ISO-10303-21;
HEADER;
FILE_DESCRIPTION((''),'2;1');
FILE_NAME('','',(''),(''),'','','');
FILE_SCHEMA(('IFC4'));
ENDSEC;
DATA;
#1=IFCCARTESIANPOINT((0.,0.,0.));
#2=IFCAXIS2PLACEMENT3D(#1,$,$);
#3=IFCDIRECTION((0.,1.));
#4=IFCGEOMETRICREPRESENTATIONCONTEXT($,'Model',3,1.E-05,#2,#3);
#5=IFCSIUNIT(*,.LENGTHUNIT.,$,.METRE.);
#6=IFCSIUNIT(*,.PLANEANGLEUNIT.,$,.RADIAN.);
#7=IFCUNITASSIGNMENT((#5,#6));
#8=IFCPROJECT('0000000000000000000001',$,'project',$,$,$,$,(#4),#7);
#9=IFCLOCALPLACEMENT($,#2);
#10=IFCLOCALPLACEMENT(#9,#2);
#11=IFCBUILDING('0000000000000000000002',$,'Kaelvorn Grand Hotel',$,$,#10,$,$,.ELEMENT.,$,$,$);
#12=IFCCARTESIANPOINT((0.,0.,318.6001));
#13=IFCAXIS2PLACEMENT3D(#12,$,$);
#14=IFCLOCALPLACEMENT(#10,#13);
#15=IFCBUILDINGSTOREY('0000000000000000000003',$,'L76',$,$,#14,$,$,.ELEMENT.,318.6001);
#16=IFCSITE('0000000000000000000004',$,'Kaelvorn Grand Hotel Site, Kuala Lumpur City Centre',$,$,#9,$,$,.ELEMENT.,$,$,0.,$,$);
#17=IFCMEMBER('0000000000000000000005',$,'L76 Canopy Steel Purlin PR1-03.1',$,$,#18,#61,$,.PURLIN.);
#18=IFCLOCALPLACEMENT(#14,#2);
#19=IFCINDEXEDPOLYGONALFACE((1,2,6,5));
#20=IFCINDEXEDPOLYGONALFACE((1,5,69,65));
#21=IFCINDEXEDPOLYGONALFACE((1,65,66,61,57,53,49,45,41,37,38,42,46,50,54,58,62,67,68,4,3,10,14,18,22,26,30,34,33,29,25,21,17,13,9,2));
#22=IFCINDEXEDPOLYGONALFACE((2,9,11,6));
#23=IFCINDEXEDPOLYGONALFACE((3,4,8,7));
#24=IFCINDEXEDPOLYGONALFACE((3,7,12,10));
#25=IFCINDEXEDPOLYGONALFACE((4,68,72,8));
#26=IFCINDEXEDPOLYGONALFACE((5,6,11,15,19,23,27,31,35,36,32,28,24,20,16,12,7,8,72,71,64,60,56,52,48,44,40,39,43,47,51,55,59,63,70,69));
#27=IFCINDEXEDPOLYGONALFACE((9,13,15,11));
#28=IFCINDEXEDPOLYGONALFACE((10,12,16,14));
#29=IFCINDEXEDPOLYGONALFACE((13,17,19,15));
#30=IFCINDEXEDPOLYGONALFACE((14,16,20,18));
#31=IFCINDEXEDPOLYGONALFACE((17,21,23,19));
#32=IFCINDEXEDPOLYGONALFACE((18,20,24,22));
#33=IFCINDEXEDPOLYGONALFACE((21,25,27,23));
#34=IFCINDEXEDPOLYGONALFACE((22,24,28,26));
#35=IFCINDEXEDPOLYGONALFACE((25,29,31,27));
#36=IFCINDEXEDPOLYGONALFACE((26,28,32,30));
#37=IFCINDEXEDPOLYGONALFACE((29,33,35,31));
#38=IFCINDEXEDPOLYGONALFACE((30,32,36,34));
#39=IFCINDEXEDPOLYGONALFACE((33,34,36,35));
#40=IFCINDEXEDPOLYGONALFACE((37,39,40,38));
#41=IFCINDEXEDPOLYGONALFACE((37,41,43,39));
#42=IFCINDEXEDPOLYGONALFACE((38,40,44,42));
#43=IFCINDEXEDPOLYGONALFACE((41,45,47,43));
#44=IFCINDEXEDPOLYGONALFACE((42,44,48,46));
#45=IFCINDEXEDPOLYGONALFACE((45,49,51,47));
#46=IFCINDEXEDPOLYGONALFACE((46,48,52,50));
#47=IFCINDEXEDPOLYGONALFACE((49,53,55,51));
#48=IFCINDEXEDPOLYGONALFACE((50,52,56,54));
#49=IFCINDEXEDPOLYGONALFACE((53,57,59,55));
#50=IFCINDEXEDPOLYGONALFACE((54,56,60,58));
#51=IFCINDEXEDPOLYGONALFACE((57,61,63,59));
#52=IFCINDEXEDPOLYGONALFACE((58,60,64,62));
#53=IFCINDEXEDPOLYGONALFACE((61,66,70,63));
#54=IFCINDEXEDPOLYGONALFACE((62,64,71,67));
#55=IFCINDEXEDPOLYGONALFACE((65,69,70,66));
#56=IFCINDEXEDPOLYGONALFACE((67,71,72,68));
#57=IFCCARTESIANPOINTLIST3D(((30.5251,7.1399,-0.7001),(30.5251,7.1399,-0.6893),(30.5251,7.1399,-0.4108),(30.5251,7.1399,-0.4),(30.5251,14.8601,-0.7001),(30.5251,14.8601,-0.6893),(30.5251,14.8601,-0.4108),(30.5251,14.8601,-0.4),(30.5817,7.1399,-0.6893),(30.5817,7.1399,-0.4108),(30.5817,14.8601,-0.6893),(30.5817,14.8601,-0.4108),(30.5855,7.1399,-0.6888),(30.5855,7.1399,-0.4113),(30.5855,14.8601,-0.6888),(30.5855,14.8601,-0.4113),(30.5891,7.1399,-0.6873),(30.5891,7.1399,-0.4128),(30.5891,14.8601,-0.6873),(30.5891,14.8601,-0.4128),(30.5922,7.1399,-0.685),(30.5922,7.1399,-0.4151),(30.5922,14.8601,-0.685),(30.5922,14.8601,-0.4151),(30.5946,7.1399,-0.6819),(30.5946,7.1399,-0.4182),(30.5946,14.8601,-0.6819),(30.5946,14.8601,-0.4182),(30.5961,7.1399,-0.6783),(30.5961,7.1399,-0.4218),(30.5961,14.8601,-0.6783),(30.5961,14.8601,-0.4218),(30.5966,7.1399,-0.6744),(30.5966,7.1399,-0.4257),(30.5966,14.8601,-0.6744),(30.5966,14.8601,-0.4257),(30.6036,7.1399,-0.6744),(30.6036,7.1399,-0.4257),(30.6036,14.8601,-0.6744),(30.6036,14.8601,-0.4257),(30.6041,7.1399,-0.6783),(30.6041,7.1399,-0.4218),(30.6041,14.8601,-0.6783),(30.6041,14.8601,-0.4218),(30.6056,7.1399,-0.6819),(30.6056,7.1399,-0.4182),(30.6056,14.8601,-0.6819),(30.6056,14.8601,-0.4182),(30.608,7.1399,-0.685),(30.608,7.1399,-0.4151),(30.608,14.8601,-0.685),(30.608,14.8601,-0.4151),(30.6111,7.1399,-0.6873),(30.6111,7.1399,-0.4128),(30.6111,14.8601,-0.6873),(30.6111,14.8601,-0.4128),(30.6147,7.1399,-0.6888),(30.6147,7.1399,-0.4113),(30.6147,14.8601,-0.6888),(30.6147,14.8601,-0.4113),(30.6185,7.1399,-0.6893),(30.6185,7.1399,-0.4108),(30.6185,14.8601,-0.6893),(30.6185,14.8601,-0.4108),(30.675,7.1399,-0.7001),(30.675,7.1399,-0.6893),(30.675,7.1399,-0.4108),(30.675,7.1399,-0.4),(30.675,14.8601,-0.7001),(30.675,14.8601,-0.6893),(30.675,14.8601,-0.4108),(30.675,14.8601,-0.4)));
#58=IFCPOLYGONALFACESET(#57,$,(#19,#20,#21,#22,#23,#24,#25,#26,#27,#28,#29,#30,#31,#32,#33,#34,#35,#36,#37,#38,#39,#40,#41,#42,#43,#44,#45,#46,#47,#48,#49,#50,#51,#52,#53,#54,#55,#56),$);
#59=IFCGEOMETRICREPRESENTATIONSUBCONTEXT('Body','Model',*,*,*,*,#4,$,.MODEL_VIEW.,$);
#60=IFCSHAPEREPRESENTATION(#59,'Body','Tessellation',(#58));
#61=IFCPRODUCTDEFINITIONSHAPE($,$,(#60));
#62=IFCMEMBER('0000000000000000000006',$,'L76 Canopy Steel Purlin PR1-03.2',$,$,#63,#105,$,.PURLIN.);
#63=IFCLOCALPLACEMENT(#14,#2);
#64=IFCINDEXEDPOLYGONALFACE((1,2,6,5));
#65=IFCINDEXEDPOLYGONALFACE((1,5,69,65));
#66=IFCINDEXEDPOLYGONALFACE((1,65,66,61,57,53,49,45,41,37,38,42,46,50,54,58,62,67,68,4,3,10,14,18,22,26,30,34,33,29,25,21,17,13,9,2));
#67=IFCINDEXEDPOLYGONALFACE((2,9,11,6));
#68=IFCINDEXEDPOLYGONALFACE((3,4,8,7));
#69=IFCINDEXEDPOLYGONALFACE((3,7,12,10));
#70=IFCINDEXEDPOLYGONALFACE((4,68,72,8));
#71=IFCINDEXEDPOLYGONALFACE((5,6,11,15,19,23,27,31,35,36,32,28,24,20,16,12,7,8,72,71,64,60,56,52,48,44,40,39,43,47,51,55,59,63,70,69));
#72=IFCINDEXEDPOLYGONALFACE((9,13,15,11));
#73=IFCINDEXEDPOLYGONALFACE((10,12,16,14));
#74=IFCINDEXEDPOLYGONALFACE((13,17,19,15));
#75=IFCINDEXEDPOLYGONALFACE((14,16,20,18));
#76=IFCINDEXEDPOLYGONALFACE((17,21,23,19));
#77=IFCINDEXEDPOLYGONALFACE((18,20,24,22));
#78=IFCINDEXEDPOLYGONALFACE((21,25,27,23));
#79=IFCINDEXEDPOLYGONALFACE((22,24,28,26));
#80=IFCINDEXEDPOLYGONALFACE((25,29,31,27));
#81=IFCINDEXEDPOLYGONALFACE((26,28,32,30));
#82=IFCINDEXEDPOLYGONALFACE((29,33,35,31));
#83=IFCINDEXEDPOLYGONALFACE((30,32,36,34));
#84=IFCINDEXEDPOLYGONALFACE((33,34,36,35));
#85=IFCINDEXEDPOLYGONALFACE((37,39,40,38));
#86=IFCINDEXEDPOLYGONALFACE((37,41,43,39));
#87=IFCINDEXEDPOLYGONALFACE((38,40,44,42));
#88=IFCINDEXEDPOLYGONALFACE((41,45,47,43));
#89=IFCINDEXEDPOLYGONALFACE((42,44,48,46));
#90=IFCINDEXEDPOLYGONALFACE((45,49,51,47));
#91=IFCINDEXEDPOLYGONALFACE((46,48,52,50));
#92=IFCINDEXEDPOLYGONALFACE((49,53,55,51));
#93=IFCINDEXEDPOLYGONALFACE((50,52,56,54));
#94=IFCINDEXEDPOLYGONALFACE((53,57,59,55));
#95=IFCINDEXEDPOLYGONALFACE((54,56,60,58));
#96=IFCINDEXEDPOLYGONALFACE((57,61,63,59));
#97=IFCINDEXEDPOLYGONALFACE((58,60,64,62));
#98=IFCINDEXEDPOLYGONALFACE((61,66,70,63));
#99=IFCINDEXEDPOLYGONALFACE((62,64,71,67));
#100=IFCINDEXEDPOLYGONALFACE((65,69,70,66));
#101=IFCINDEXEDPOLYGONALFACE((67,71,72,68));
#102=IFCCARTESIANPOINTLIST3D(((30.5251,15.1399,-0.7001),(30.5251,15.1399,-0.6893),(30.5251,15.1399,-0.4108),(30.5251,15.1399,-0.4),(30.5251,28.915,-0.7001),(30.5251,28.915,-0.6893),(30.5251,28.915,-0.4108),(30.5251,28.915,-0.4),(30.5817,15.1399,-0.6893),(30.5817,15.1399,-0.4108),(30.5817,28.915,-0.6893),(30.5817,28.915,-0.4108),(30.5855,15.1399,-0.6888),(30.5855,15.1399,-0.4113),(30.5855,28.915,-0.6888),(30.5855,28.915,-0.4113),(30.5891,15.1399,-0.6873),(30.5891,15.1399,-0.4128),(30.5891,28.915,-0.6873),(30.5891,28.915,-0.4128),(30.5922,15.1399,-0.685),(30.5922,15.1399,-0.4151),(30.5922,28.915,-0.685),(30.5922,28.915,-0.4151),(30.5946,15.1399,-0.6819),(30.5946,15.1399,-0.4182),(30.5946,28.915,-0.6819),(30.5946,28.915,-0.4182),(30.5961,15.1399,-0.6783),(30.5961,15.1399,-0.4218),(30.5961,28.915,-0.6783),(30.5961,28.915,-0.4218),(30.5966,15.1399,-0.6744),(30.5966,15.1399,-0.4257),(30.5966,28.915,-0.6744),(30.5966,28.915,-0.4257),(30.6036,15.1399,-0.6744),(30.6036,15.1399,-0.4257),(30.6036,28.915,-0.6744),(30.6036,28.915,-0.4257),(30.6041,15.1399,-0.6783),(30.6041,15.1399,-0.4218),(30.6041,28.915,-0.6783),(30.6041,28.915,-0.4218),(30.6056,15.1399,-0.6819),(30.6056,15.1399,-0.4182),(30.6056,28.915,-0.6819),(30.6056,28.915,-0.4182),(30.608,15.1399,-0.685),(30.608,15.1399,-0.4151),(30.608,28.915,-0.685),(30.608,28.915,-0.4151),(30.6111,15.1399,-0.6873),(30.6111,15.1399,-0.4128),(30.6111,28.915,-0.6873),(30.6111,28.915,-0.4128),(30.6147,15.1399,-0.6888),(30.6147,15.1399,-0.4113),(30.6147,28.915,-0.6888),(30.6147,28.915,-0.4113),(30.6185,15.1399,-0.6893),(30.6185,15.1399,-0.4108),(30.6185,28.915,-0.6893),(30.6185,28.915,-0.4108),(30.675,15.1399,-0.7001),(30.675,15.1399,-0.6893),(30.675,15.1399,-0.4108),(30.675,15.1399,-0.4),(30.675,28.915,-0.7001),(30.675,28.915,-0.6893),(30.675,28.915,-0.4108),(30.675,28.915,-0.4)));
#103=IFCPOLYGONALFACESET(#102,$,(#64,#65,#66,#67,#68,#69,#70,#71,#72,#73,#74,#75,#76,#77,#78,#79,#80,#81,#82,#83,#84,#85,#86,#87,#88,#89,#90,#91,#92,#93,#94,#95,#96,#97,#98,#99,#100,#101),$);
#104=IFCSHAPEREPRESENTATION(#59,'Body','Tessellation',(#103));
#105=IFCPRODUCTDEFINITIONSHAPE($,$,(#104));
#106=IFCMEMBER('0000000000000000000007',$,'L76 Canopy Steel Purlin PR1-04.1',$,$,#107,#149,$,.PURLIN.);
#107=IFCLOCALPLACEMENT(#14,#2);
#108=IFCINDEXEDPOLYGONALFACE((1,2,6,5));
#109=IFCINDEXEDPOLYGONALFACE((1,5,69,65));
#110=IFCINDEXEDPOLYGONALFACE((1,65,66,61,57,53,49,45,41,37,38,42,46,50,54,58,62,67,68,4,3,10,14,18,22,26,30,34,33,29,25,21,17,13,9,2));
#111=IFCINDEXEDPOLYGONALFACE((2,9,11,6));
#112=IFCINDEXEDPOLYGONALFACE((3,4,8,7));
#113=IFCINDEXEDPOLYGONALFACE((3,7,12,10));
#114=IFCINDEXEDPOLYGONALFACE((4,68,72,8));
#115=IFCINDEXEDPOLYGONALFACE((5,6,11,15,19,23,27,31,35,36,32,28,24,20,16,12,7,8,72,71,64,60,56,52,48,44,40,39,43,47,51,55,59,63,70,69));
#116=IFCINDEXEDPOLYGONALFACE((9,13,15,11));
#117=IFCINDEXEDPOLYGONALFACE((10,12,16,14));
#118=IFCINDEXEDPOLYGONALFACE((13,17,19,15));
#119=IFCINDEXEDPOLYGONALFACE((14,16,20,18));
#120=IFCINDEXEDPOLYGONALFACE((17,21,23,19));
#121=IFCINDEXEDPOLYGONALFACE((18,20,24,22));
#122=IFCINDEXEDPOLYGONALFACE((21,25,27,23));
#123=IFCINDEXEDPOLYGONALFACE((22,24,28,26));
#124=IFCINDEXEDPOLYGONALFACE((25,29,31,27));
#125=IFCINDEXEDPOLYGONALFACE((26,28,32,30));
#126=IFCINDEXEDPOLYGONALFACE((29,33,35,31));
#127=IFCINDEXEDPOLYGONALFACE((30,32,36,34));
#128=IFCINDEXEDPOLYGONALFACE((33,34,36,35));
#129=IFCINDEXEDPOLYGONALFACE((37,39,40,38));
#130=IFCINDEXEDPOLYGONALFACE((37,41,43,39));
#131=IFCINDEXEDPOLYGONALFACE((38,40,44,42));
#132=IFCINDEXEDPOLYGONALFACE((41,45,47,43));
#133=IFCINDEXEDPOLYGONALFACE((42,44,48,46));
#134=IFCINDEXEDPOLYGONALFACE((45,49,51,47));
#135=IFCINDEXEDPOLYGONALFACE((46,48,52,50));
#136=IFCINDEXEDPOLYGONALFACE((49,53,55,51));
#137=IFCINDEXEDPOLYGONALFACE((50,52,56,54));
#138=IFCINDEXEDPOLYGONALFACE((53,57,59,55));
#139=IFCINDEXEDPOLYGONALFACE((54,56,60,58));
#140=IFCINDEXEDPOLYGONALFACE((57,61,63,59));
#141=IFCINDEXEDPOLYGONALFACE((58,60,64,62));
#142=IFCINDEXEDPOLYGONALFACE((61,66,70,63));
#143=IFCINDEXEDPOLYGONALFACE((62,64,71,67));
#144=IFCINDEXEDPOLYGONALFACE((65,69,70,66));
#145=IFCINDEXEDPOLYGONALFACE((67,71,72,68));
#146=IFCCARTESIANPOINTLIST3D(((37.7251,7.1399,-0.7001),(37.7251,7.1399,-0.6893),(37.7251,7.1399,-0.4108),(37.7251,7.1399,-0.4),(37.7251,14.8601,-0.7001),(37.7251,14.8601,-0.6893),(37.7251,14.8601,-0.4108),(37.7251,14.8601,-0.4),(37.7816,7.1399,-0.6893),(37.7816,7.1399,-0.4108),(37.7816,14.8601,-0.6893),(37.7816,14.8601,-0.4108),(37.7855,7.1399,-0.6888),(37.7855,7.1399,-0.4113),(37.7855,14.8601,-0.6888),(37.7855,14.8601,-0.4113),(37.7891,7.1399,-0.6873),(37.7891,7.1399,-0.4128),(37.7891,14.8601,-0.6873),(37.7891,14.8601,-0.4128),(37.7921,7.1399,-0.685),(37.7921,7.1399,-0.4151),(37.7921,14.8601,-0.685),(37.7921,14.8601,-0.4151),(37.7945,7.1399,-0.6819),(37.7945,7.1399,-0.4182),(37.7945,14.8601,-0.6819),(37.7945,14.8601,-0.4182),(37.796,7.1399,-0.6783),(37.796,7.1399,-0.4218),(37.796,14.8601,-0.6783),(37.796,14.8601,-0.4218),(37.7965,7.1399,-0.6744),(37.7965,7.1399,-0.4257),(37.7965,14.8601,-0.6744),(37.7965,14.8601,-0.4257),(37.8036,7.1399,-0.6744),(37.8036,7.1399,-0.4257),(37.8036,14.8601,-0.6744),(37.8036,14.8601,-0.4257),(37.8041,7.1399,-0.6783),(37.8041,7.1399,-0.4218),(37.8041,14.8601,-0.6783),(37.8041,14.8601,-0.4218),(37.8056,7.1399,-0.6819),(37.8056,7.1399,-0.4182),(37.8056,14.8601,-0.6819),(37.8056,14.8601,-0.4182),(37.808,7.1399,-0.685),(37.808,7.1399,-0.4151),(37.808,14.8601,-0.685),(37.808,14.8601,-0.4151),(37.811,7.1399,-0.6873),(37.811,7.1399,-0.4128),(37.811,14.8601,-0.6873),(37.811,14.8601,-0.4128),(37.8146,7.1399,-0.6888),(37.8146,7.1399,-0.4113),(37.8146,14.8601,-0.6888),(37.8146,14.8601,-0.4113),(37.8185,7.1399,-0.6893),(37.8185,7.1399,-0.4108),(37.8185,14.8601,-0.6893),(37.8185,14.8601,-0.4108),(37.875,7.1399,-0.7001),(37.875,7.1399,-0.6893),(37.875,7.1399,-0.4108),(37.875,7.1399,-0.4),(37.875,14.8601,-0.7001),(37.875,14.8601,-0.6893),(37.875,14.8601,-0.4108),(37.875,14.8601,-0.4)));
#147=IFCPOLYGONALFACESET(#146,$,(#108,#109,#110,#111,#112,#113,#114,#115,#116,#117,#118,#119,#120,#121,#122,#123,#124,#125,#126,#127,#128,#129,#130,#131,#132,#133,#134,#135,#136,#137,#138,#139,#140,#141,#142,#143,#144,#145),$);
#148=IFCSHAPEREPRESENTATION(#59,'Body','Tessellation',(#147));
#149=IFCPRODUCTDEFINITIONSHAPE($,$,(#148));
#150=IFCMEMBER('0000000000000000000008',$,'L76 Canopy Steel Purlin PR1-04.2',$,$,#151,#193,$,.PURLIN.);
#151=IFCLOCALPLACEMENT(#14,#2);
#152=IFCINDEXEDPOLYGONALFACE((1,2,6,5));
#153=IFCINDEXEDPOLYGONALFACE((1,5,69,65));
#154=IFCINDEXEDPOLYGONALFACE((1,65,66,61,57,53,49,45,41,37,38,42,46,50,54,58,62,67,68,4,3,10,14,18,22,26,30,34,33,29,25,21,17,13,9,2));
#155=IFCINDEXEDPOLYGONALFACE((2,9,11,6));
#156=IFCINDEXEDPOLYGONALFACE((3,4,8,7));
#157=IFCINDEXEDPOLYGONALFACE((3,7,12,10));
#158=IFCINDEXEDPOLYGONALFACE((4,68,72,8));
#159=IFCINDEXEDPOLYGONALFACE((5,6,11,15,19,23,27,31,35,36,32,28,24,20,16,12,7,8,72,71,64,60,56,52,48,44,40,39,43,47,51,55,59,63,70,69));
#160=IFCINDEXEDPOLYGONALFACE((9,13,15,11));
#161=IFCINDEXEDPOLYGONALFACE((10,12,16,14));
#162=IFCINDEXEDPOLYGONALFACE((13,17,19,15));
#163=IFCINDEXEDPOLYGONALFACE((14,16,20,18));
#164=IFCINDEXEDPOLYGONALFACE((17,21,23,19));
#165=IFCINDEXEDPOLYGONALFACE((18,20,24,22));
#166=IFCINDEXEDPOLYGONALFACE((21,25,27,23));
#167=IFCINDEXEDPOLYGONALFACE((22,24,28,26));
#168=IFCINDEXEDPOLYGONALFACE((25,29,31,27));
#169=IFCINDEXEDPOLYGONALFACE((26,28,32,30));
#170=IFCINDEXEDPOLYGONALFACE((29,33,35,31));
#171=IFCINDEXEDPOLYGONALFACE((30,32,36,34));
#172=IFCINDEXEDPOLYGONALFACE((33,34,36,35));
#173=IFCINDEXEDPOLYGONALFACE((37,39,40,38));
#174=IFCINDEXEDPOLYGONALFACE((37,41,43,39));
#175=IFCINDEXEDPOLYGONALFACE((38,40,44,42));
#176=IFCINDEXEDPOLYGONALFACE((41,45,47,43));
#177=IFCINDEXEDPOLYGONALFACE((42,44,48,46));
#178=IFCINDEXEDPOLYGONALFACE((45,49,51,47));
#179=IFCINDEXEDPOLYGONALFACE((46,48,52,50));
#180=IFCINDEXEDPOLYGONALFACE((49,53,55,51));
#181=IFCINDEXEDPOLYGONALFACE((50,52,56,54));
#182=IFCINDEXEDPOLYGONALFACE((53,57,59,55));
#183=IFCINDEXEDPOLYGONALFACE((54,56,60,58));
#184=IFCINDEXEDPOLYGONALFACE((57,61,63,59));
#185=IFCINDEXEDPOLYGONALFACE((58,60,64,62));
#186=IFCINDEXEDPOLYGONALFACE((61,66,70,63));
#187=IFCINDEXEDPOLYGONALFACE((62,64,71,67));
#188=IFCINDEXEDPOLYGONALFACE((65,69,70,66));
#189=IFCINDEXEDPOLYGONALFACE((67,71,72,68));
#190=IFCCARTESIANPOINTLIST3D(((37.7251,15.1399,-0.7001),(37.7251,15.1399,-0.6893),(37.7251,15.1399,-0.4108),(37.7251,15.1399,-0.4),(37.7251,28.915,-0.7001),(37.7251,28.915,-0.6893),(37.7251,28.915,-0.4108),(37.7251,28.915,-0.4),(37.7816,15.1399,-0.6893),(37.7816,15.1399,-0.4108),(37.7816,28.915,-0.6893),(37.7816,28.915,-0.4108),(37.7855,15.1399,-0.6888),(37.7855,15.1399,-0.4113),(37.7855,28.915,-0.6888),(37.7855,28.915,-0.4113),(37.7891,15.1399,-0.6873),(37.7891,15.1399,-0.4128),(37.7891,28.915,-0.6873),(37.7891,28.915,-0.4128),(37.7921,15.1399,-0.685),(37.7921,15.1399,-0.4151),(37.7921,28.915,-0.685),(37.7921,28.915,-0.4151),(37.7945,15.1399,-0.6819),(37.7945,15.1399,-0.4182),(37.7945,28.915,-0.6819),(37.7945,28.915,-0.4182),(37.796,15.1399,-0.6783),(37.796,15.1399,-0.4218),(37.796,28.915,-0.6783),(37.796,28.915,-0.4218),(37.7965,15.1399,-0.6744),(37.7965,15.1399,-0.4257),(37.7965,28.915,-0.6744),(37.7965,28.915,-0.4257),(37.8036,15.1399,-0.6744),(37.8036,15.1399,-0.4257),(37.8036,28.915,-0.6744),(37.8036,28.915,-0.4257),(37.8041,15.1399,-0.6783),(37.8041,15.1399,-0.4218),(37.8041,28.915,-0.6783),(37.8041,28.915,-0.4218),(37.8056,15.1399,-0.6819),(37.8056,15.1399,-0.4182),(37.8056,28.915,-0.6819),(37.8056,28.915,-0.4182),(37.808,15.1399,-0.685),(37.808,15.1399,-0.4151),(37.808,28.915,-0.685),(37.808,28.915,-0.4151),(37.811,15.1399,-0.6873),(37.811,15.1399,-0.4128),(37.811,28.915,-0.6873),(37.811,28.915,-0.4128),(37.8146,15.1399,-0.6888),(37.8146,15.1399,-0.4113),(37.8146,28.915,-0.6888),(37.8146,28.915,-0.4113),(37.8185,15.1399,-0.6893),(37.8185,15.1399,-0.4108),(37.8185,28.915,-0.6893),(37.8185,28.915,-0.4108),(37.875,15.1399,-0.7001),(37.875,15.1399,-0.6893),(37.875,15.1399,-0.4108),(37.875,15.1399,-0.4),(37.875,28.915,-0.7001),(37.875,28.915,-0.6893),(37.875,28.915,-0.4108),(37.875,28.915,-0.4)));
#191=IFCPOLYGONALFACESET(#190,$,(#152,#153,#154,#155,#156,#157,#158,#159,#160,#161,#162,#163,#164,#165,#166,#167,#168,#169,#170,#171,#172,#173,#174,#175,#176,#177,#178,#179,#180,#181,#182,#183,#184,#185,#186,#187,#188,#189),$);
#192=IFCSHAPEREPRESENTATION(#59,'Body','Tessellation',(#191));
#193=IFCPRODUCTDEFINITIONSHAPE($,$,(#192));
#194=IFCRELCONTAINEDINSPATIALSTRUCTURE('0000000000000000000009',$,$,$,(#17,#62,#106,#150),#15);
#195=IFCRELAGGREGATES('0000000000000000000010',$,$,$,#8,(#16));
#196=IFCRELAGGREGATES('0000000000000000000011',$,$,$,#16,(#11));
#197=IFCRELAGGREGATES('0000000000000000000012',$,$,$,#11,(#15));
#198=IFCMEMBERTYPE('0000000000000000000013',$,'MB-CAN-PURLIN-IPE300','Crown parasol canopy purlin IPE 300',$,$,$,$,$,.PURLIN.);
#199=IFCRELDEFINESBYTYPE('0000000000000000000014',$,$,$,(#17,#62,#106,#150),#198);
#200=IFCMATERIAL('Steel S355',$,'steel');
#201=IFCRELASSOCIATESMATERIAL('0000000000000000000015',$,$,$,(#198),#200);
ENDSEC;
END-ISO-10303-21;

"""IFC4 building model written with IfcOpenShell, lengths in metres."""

from ifc_helpers import new_model, si_unit, direction, frame, origin, origin_2d, place, context, subcontext, project, spatial, i_section, extrude, material, material_profile, profile_set, type_object, element, save


model = new_model("IFC4")

# Units and contexts
model_context = context("Model", 3, precision=1e-05, world=origin(), true_north=direction((0.0, 1.0)))
body_context = subcontext(model_context, "Body", "Model", "MODEL_VIEW")
ifc_project = project(units=[si_unit("LENGTHUNIT", "METRE"), si_unit("PLANEANGLEUNIT", "RADIAN")], contexts=[model_context])

# Site, building, storey
site_placement = place(None, origin())
site = spatial("IfcSite", under=ifc_project, at=site_placement, Name="Kaelvorn Grand Hotel Site, Kuala Lumpur City Centre", CompositionType="ELEMENT", RefElevation=0.0)
building_placement = place(site_placement, origin())
building = spatial("IfcBuilding", under=site, at=building_placement, Name="Kaelvorn Grand Hotel", CompositionType="ELEMENT")
storey_placement = place(building_placement, frame((0.0, 0.0, 318.6001)))
storey = spatial("IfcBuildingStorey", under=building, at=storey_placement, Name="L76", CompositionType="ELEMENT", Elevation=318.6001)

# Shared definitions
ifc_material_1 = material(Name="Steel S355", Category="steel")

# Members
ifc_material_profile_1 = material_profile(ifc_material_1, i_section(OverallWidth=0.1499, OverallDepth=0.3, WebThickness=0.0071, FlangeThickness=0.0107, FilletRadius=0.0149, at=origin_2d()), Name="IPE 300")
ifc_profile_set_1 = profile_set([ifc_material_profile_1], Name="Steel S355")
member_type_1 = type_object("IfcMemberType", Name="MB-CAN-PURLIN-IPE300", Description="Crown parasol canopy purlin IPE 300", PredefinedType="PURLIN", material=ifc_profile_set_1)
member_1_placement = place(storey_placement, frame((30.6001, 7.1399, -0.55), z_axis=(0.0, 1.0, 0.0), x_axis=(-1.0, 0.0, 0.0)))
element("IfcMember", 1, at=member_1_placement, inside=storey, type_object=member_type_1, Name="L76 Canopy Steel Purlin PR1-03.1", PredefinedType="PURLIN", context=body_context, shape_type="SweptSolid", body=[
    extrude(i_section(OverallWidth=0.1499, OverallDepth=0.3, WebThickness=0.0071, FlangeThickness=0.0107, FilletRadius=0.0149, at=origin_2d()), origin(), (0.0, 0.0, 1.0), 7.7202),
])
member_2_placement = place(storey_placement, frame((30.6001, 15.1399, -0.55), z_axis=(0.0, 1.0, 0.0), x_axis=(-1.0, 0.0, 0.0)))
element("IfcMember", 2, at=member_2_placement, inside=storey, type_object=member_type_1, Name="L76 Canopy Steel Purlin PR1-03.2", PredefinedType="PURLIN", context=body_context, shape_type="SweptSolid", body=[
    extrude(i_section(OverallWidth=0.1499, OverallDepth=0.3, WebThickness=0.0071, FlangeThickness=0.0107, FilletRadius=0.0149, at=origin_2d()), origin(), (0.0, 0.0, 1.0), 13.7751),
])
member_3_placement = place(storey_placement, frame((37.8, 7.1399, -0.55), z_axis=(0.0, 1.0, 0.0), x_axis=(-1.0, 0.0, 0.0)))
element("IfcMember", 3, at=member_3_placement, inside=storey, type_object=member_type_1, Name="L76 Canopy Steel Purlin PR1-04.1", PredefinedType="PURLIN", context=body_context, shape_type="SweptSolid", body=[
    extrude(i_section(OverallWidth=0.1499, OverallDepth=0.3, WebThickness=0.0071, FlangeThickness=0.0107, FilletRadius=0.0149, at=origin_2d()), origin(), (0.0, 0.0, 1.0), 7.7202),
])
member_4_placement = place(storey_placement, frame((37.8, 15.1399, -0.55), z_axis=(0.0, 1.0, 0.0), x_axis=(-1.0, 0.0, 0.0)))
element("IfcMember", 4, at=member_4_placement, inside=storey, type_object=member_type_1, Name="L76 Canopy Steel Purlin PR1-04.2", PredefinedType="PURLIN", context=body_context, shape_type="SweptSolid", body=[
    extrude(i_section(OverallWidth=0.1499, OverallDepth=0.3, WebThickness=0.0071, FlangeThickness=0.0107, FilletRadius=0.0149, at=origin_2d()), origin(), (0.0, 0.0, 1.0), 13.7751),
])

save(model, "model.ifc")
